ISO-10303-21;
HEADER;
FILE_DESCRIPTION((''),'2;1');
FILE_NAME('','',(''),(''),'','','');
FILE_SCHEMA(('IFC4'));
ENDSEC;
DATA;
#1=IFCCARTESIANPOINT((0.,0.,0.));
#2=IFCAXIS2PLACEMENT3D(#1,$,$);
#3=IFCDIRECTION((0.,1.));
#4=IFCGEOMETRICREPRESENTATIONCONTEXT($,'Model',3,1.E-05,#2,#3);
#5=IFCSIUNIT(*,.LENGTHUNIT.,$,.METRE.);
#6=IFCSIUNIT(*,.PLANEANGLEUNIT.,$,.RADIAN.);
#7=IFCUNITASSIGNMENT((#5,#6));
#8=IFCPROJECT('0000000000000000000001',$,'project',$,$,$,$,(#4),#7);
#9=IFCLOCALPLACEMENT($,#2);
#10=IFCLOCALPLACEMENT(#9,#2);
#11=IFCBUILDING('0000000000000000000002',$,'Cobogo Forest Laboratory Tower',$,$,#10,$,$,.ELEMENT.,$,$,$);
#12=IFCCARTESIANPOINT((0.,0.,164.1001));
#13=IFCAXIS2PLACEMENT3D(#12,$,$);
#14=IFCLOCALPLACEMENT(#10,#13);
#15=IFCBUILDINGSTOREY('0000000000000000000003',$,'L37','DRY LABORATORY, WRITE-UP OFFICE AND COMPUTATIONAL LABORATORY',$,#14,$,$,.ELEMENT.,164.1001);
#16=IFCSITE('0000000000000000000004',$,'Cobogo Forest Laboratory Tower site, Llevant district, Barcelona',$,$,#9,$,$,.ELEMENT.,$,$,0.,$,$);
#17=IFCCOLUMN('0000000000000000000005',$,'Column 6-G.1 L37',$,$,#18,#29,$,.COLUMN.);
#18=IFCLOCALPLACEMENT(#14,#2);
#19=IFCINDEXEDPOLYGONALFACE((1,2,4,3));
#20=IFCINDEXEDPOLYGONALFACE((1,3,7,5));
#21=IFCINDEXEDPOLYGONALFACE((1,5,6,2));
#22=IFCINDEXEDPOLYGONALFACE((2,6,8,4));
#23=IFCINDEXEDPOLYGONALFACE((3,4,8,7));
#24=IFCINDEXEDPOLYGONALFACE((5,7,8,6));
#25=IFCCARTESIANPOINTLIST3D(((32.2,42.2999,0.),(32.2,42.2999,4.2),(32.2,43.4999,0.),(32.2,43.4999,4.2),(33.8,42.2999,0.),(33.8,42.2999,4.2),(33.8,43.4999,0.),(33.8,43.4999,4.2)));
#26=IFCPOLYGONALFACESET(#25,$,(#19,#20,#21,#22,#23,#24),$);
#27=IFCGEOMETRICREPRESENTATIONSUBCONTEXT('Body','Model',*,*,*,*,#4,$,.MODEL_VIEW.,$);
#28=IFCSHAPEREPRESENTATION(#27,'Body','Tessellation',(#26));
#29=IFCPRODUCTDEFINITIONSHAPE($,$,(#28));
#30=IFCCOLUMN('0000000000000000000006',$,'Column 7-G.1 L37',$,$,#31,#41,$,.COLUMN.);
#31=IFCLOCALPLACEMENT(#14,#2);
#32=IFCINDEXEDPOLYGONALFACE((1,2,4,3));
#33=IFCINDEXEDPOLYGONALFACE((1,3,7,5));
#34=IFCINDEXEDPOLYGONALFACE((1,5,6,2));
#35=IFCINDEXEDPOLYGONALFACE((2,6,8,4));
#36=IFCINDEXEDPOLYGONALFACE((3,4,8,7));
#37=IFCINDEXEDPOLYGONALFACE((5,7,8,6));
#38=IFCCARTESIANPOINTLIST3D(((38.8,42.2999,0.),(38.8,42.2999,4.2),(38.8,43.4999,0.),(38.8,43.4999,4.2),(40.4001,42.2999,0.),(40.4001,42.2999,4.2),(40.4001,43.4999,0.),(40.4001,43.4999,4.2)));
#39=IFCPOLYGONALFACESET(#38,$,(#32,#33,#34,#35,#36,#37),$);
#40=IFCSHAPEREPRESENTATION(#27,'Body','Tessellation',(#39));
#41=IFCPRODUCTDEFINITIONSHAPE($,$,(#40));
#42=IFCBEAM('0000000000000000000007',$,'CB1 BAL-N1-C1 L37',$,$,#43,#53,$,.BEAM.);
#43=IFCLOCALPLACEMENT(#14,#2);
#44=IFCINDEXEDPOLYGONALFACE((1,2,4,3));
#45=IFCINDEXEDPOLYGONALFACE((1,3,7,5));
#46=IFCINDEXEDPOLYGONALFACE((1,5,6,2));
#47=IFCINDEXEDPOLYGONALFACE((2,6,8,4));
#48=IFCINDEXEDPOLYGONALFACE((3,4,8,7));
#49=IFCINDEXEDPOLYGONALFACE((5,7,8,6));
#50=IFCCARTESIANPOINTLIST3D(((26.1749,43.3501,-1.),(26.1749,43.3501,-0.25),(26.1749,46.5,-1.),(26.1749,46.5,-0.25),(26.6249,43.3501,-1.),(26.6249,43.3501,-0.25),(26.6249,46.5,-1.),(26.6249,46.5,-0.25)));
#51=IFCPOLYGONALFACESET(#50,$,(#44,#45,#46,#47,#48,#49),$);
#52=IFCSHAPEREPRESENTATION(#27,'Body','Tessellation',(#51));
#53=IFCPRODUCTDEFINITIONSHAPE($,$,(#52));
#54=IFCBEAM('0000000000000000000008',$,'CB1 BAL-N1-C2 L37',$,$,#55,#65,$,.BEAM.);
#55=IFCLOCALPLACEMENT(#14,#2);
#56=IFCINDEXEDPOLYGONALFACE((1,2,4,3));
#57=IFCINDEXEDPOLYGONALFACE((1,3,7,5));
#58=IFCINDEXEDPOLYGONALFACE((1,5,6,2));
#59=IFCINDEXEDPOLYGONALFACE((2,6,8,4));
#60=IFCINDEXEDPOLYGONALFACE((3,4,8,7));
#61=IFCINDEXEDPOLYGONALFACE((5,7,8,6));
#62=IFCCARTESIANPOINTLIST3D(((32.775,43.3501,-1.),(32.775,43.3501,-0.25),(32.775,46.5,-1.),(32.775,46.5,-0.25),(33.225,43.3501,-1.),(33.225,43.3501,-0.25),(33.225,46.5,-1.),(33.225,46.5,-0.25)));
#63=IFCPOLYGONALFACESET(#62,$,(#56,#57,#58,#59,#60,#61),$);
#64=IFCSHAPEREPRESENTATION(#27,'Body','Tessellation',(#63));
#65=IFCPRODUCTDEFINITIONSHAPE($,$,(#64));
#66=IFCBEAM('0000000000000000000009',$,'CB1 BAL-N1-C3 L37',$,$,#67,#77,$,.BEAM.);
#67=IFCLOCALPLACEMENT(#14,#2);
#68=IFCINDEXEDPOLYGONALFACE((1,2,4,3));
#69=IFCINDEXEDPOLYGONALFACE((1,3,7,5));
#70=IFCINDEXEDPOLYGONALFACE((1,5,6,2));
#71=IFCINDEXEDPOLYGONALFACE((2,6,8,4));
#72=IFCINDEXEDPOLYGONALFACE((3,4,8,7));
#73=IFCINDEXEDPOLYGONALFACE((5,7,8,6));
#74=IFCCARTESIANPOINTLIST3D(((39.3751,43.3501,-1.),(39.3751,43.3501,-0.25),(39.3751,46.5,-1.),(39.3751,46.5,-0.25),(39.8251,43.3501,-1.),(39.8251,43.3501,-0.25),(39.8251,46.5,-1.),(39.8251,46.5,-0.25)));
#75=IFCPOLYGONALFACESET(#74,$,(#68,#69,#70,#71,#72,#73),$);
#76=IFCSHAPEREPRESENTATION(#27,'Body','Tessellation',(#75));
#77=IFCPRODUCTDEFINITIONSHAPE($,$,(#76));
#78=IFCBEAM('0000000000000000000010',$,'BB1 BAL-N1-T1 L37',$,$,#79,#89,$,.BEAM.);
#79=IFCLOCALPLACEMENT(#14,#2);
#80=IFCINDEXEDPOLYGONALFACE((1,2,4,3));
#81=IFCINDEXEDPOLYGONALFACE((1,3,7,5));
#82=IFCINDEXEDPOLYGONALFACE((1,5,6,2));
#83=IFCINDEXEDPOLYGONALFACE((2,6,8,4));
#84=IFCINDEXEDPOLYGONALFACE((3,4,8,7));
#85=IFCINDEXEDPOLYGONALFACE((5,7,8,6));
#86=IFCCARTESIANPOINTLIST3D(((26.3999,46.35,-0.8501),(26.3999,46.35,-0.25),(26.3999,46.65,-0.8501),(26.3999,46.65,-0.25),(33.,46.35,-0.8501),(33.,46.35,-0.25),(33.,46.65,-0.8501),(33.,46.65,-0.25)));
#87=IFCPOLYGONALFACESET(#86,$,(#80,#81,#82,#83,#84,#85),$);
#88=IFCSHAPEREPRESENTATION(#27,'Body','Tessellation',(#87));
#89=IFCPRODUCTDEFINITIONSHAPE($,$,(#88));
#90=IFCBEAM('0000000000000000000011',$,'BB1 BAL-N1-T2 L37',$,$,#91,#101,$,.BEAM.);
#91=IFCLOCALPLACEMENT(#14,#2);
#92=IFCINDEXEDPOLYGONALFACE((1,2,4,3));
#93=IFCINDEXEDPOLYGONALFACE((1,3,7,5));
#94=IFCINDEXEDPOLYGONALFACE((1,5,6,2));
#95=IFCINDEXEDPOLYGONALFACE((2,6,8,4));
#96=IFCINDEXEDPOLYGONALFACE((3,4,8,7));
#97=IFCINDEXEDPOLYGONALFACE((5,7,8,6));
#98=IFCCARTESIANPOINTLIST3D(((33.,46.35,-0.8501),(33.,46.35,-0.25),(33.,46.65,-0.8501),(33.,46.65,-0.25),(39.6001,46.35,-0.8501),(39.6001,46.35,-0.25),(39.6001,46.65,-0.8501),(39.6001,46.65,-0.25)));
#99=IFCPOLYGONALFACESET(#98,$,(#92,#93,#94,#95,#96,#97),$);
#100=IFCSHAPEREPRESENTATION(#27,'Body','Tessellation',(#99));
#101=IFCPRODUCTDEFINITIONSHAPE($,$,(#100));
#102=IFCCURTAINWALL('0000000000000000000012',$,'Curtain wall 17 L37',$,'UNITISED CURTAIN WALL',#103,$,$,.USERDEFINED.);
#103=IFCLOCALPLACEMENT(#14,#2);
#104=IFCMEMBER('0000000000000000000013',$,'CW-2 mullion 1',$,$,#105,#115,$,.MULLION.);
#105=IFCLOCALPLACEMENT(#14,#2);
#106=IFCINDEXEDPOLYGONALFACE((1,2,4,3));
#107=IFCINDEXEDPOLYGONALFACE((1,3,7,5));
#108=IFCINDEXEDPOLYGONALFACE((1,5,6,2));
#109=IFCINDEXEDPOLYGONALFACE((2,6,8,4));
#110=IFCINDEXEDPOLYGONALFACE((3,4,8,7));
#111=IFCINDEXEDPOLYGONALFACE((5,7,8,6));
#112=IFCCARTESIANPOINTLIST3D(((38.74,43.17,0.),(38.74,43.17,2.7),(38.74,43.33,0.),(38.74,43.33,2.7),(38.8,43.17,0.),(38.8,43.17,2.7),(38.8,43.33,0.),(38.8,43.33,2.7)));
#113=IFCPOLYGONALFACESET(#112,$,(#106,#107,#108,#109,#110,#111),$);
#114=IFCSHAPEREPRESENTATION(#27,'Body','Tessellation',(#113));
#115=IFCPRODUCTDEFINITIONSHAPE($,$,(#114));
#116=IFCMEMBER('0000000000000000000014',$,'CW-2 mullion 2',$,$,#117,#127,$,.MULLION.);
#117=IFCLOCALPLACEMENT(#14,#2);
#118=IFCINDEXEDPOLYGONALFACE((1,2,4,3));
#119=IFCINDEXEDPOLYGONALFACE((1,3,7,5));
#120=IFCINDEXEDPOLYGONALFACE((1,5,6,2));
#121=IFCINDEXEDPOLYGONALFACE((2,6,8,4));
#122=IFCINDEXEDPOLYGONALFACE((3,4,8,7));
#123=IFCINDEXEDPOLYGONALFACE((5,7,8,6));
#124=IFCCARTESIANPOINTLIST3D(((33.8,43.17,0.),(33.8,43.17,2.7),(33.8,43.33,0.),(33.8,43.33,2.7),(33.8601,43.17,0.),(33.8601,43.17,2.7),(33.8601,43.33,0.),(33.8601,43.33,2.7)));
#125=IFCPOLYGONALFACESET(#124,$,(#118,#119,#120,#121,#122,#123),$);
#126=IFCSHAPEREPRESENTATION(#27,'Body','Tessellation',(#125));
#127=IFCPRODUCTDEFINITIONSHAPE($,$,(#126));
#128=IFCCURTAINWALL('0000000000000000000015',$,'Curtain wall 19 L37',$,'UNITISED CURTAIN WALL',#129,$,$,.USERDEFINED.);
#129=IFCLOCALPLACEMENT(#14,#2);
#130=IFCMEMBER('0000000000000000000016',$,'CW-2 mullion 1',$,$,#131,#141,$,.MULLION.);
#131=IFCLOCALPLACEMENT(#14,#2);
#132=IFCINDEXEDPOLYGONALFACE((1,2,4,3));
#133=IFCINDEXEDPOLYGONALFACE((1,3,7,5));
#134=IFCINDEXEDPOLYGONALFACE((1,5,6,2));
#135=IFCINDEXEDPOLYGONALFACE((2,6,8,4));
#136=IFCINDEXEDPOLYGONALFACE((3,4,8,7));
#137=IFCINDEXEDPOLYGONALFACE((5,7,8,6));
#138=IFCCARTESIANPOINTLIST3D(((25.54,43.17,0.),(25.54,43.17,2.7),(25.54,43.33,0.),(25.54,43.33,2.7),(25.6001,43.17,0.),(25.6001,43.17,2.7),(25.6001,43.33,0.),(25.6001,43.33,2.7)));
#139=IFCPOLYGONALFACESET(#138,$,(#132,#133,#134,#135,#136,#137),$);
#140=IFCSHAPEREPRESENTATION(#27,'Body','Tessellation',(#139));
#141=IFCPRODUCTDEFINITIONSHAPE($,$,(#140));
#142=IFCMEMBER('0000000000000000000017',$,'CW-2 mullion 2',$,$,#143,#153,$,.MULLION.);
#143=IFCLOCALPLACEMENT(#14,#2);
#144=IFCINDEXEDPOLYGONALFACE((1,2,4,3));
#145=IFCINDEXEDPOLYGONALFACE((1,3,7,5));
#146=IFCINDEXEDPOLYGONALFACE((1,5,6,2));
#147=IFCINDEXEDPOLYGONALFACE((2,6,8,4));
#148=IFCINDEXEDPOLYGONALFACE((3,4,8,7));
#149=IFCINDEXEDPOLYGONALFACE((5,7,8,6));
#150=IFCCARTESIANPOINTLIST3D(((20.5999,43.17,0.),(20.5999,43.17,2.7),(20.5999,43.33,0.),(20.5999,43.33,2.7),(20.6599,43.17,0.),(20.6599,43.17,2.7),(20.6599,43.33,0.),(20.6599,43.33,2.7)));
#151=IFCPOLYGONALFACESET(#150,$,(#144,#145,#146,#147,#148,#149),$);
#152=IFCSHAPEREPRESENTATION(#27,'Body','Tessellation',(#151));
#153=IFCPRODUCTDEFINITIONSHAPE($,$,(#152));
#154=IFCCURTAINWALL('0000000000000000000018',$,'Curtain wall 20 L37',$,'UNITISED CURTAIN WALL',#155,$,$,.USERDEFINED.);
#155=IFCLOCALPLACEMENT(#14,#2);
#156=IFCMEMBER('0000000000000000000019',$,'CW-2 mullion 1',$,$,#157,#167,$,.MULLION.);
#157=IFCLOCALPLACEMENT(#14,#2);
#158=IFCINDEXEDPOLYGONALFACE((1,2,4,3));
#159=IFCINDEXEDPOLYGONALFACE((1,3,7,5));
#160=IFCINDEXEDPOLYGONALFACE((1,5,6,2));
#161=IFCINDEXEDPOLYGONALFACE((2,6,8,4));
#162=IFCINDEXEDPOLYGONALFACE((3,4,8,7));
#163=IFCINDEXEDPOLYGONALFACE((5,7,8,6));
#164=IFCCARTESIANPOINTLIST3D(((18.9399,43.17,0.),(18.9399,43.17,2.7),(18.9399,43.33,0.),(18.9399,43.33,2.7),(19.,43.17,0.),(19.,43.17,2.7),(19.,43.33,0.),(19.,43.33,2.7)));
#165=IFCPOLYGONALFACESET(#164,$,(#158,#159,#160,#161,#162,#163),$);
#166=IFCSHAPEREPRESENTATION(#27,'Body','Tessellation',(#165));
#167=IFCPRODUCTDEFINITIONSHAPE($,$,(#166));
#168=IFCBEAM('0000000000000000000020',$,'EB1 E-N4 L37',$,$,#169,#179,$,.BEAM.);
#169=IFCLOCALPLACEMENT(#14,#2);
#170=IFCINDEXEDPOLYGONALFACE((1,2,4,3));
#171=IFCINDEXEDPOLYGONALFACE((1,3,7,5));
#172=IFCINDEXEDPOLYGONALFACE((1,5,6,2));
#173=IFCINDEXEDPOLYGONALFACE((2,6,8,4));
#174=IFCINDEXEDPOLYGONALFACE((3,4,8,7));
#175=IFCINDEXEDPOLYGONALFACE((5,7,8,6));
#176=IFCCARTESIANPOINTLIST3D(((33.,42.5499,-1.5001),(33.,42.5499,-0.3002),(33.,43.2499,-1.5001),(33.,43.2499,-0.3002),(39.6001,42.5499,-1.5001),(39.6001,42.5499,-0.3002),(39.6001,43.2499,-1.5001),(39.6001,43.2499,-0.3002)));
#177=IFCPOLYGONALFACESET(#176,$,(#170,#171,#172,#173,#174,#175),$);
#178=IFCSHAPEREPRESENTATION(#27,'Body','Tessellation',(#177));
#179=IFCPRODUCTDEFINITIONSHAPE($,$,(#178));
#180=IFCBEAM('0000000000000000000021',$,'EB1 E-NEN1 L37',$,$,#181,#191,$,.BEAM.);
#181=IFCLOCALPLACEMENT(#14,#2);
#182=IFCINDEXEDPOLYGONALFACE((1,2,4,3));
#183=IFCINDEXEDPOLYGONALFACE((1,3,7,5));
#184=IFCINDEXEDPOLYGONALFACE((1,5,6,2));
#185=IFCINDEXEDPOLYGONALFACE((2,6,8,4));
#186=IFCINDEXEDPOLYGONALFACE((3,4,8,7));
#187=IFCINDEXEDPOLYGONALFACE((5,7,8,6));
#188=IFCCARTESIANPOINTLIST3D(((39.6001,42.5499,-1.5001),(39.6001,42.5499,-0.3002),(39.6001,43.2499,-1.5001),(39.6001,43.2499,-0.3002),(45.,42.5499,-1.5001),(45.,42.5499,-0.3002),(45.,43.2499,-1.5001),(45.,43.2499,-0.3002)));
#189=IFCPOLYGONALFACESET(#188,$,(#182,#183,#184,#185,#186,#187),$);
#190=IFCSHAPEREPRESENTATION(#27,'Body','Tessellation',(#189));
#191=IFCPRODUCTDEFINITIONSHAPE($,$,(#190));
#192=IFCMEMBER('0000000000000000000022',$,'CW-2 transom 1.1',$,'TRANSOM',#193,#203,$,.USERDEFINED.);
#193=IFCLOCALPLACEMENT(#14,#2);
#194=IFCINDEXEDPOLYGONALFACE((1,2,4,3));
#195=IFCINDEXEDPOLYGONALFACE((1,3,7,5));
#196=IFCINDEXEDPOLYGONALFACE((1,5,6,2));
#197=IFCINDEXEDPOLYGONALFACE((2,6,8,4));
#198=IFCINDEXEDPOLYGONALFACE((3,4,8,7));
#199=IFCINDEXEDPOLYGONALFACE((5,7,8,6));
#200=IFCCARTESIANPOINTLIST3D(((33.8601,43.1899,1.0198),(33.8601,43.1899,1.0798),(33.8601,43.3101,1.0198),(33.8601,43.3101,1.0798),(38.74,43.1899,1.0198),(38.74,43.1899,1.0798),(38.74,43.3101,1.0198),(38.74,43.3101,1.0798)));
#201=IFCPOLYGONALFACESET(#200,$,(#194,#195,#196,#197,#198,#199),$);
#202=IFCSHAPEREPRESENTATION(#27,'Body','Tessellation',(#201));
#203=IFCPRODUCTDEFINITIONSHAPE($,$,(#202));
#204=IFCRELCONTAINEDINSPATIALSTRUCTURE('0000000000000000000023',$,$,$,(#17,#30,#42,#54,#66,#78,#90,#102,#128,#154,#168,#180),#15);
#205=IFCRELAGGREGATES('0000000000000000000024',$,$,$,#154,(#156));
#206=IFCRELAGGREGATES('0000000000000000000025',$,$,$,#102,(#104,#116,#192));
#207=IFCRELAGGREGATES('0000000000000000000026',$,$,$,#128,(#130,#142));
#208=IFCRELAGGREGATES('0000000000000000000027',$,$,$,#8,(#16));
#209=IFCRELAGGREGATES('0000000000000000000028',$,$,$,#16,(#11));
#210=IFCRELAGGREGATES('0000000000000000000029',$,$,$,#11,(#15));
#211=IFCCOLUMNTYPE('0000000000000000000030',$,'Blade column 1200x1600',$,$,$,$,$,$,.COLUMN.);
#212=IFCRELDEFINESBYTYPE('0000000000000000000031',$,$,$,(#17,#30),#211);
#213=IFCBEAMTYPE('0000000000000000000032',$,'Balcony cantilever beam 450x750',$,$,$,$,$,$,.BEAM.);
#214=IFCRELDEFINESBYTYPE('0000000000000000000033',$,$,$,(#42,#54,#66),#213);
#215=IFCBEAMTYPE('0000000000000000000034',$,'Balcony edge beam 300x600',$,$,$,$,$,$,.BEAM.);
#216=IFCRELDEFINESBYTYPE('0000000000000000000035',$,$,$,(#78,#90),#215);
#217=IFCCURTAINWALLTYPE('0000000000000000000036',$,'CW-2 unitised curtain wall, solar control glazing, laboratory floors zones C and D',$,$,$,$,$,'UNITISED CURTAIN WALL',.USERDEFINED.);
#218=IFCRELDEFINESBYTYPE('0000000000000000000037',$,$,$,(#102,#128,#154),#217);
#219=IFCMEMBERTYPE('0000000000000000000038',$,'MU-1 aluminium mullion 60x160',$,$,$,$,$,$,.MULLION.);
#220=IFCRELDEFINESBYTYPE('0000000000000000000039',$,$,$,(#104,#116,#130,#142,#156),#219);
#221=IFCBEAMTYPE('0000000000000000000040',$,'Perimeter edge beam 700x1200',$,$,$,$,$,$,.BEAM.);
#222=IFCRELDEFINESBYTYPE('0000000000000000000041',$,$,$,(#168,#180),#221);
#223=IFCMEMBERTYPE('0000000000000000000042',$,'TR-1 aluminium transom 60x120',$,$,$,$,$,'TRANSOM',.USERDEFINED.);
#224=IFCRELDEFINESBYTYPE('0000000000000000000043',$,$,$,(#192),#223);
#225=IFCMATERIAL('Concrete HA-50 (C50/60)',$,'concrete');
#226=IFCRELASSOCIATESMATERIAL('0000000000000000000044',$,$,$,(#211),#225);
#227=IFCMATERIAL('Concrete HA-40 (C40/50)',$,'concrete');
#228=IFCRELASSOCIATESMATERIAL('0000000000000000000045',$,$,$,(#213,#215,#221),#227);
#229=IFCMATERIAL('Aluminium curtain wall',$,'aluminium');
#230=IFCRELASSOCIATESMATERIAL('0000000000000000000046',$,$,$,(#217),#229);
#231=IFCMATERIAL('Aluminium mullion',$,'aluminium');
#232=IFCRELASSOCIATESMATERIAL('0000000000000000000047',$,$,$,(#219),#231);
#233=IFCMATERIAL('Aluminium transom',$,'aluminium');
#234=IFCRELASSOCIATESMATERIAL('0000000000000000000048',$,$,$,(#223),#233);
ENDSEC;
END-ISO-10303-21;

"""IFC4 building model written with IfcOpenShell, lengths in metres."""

from ifc_helpers import new_model, si_unit, direction, frame, origin, origin_2d, place, context, subcontext, project, spatial, rectangle, extrude, material, material_profile, profile_set, type_object, element, aggregate, save


model = new_model("IFC4")

# Units and contexts
model_context = context("Model", 3, precision=1e-05, world=origin(), true_north=direction((0.0, 1.0)))
body_context = subcontext(model_context, "Body", "Model", "MODEL_VIEW")
ifc_project = project(units=[si_unit("LENGTHUNIT", "METRE"), si_unit("PLANEANGLEUNIT", "RADIAN")], contexts=[model_context])

# Site, building, storey
site_placement = place(None, origin())
site = spatial("IfcSite", under=ifc_project, at=site_placement, Name="Cobogo Forest Laboratory Tower site, Llevant district, Barcelona", CompositionType="ELEMENT", RefElevation=0.0)
building_placement = place(site_placement, origin())
building = spatial("IfcBuilding", under=site, at=building_placement, Name="Cobogo Forest Laboratory Tower", CompositionType="ELEMENT")
storey_placement = place(building_placement, frame((0.0, 0.0, 164.1001)))
storey = spatial("IfcBuildingStorey", under=building, at=storey_placement, Name="L37", Description="DRY LABORATORY, WRITE-UP OFFICE AND COMPUTATIONAL LABORATORY", CompositionType="ELEMENT", Elevation=164.1001)

# Columns
ifc_material_1 = material(Name="Concrete HA-50 (C50/60)", Category="concrete")
ifc_material_profile_1 = material_profile(ifc_material_1, rectangle(XDim=1.6001, YDim=1.2, at=origin_2d()), Name="RC 1200x1600")
ifc_profile_set_1 = profile_set([ifc_material_profile_1], Name="Concrete HA-50 (C50/60)")
column_type = type_object("IfcColumnType", Name="Blade column 1200x1600", PredefinedType="COLUMN", material=ifc_profile_set_1)
for number, where, z_axis, x_axis, name in (
    (1, (33.0, 42.8999, 0.0), (0.0, 0.0, 1.0), (1.0, 0.0, 0.0), "Column 6-G.1 L37"),
    (2, (39.6001, 42.8999, 0.0), (0.0, 0.0, 1.0), (1.0, 0.0, 0.0), "Column 7-G.1 L37"),
):
    element("IfcColumn", number, at=place(storey_placement, frame(where, z_axis=z_axis, x_axis=x_axis)), inside=storey, type_object=column_type, Name=name, PredefinedType="COLUMN", context=body_context, shape_type="SweptSolid", body=[
        extrude(rectangle(XDim=1.6001, YDim=1.2, at=origin_2d()), origin(), (0.0, 0.0, 1.0), 4.2),
    ])

# Beams
ifc_material_2 = material(Name="Concrete HA-40 (C40/50)", Category="concrete")
ifc_material_profile_2 = material_profile(ifc_material_2, rectangle(XDim=0.45, YDim=0.75, at=origin_2d()), Name="RC 450x750")
ifc_profile_set_2 = profile_set([ifc_material_profile_2], Name="Concrete HA-40 (C40/50)")
beam_type_1 = type_object("IfcBeamType", Name="Balcony cantilever beam 450x750", PredefinedType="BEAM", material=ifc_profile_set_2)
for number, where, z_axis, x_axis, name in (
    (3, (26.3999, 43.3501, -0.625), (0.0, 1.0, 0.0), (-1.0, 0.0, 0.0), "CB1 BAL-N1-C1 L37"),
    (4, (33.0, 43.3501, -0.625), (0.0, 1.0, 0.0), (-1.0, 0.0, 0.0), "CB1 BAL-N1-C2 L37"),
    (5, (39.6001, 43.3501, -0.625), (0.0, 1.0, 0.0), (-1.0, 0.0, 0.0), "CB1 BAL-N1-C3 L37"),
):
    element("IfcBeam", number, at=place(storey_placement, frame(where, z_axis=z_axis, x_axis=x_axis)), inside=storey, type_object=beam_type_1, Name=name, PredefinedType="BEAM", context=body_context, shape_type="SweptSolid", body=[
        extrude(rectangle(XDim=0.45, YDim=0.75, at=origin_2d()), origin(), (0.0, 0.0, 1.0), 3.1499),
    ])
ifc_material_profile_3 = material_profile(ifc_material_2, rectangle(XDim=0.3, YDim=0.6001, at=origin_2d()), Name="RC 300x600")
ifc_profile_set_3 = profile_set([ifc_material_profile_3], Name="Concrete HA-40 (C40/50)")
beam_type_2 = type_object("IfcBeamType", Name="Balcony edge beam 300x600", PredefinedType="BEAM", material=ifc_profile_set_3)
for number, where, z_axis, x_axis, name in (
    (6, (26.3999, 46.5, -0.55), (1.0, 0.0, 0.0), (0.0, 1.0, 0.0), "BB1 BAL-N1-T1 L37"),
    (7, (33.0, 46.5, -0.55), (1.0, 0.0, 0.0), (0.0, 1.0, 0.0), "BB1 BAL-N1-T2 L37"),
):
    element("IfcBeam", number, at=place(storey_placement, frame(where, z_axis=z_axis, x_axis=x_axis)), inside=storey, type_object=beam_type_2, Name=name, PredefinedType="BEAM", context=body_context, shape_type="SweptSolid", body=[
        extrude(rectangle(XDim=0.3, YDim=0.6001, at=origin_2d()), origin(), (0.0, 0.0, 1.0), 6.6001),
    ])

# Curtain walls, members
ifc_material_3 = material(Name="Aluminium curtain wall", Category="aluminium")
curtain_wall_type = type_object("IfcCurtainWallType", Name="CW-2 unitised curtain wall, solar control glazing, laboratory floors zones C and D", ElementType="UNITISED CURTAIN WALL", PredefinedType="USERDEFINED", material=ifc_material_3)
curtain_wall_1_placement = place(storey_placement, origin())
curtain_wall_1 = element("IfcCurtainWall", 8, at=curtain_wall_1_placement, inside=storey, type_object=curtain_wall_type, Name="Curtain wall 17 L37", ObjectType="UNITISED CURTAIN WALL", PredefinedType="USERDEFINED")
ifc_material_4 = material(Name="Aluminium mullion", Category="aluminium")
ifc_material_profile_4 = material_profile(ifc_material_4, rectangle(XDim=0.0601, YDim=0.1599, at=origin_2d()), Name="AL 60x160")
ifc_profile_set_4 = profile_set([ifc_material_profile_4], Name="Aluminium mullion")
member_type_1 = type_object("IfcMemberType", Name="MU-1 aluminium mullion 60x160", PredefinedType="MULLION", material=ifc_profile_set_4)
member_1_placement = place(storey_placement, frame((38.77, 43.25, 0.0), z_axis=(0.0, 0.0, 1.0), x_axis=(-1.0, 0.0, 0.0)))
member_1 = element("IfcMember", 9, at=member_1_placement, type_object=member_type_1, Name="CW-2 mullion 1", PredefinedType="MULLION", context=body_context, shape_type="SweptSolid", body=[
    extrude(rectangle(XDim=0.0601, YDim=0.1599, at=origin_2d()), origin(), (0.0, 0.0, 1.0), 2.7),
])
member_2_placement = place(storey_placement, frame((33.8301, 43.25, 0.0), z_axis=(0.0, 0.0, 1.0), x_axis=(-1.0, 0.0, 0.0)))
member_2 = element("IfcMember", 10, at=member_2_placement, type_object=member_type_1, Name="CW-2 mullion 2", PredefinedType="MULLION", context=body_context, shape_type="SweptSolid", body=[
    extrude(rectangle(XDim=0.0601, YDim=0.1599, at=origin_2d()), origin(), (0.0, 0.0, 1.0), 2.7),
])
curtain_wall_2_placement = place(storey_placement, origin())
curtain_wall_2 = element("IfcCurtainWall", 11, at=curtain_wall_2_placement, inside=storey, type_object=curtain_wall_type, Name="Curtain wall 19 L37", ObjectType="UNITISED CURTAIN WALL", PredefinedType="USERDEFINED")
member_3_placement = place(storey_placement, frame((25.5701, 43.25, 0.0), z_axis=(0.0, 0.0, 1.0), x_axis=(-1.0, 0.0, 0.0)))
member_3 = element("IfcMember", 12, at=member_3_placement, type_object=member_type_1, Name="CW-2 mullion 1", PredefinedType="MULLION", context=body_context, shape_type="SweptSolid", body=[
    extrude(rectangle(XDim=0.0601, YDim=0.1599, at=origin_2d()), origin(), (0.0, 0.0, 1.0), 2.7),
])
member_4_placement = place(storey_placement, frame((20.6299, 43.25, 0.0), z_axis=(0.0, 0.0, 1.0), x_axis=(-1.0, 0.0, 0.0)))
member_4 = element("IfcMember", 13, at=member_4_placement, type_object=member_type_1, Name="CW-2 mullion 2", PredefinedType="MULLION", context=body_context, shape_type="SweptSolid", body=[
    extrude(rectangle(XDim=0.0601, YDim=0.1599, at=origin_2d()), origin(), (0.0, 0.0, 1.0), 2.7),
])

# Curtain wall, member
curtain_wall_3_placement = place(storey_placement, origin())
curtain_wall_3 = element("IfcCurtainWall", 14, at=curtain_wall_3_placement, inside=storey, type_object=curtain_wall_type, Name="Curtain wall 20 L37", ObjectType="UNITISED CURTAIN WALL", PredefinedType="USERDEFINED")
member_5_placement = place(storey_placement, frame((18.97, 43.25, 0.0), z_axis=(0.0, 0.0, 1.0), x_axis=(-1.0, 0.0, 0.0)))
member_5 = element("IfcMember", 15, at=member_5_placement, type_object=member_type_1, Name="CW-2 mullion 1", PredefinedType="MULLION", context=body_context, shape_type="SweptSolid", body=[
    extrude(rectangle(XDim=0.0601, YDim=0.1599, at=origin_2d()), origin(), (0.0, 0.0, 1.0), 2.7),
])

# Beams
ifc_material_profile_5 = material_profile(ifc_material_2, rectangle(XDim=0.7, YDim=1.2, at=origin_2d()), Name="RC 700x1200")
ifc_profile_set_5 = profile_set([ifc_material_profile_5], Name="Concrete HA-40 (C40/50)")
beam_type_3 = type_object("IfcBeamType", Name="Perimeter edge beam 700x1200", PredefinedType="BEAM", material=ifc_profile_set_5)
beam_1_placement = place(storey_placement, frame((33.0, 42.8999, -0.9001), z_axis=(1.0, 0.0, 0.0), x_axis=(0.0, 1.0, 0.0)))
element("IfcBeam", 16, at=beam_1_placement, inside=storey, type_object=beam_type_3, Name="EB1 E-N4 L37", PredefinedType="BEAM", context=body_context, shape_type="SweptSolid", body=[
    extrude(rectangle(XDim=0.7, YDim=1.2, at=origin_2d()), origin(), (0.0, 0.0, 1.0), 6.6001),
])
beam_2_placement = place(storey_placement, frame((39.6001, 42.8999, -0.9001), z_axis=(1.0, 0.0, 0.0), x_axis=(0.0, 1.0, 0.0)))
element("IfcBeam", 17, at=beam_2_placement, inside=storey, type_object=beam_type_3, Name="EB1 E-NEN1 L37", PredefinedType="BEAM", context=body_context, shape_type="SweptSolid", body=[
    extrude(rectangle(XDim=0.7, YDim=1.2, at=origin_2d()), origin(), (0.0, 0.0, 1.0), 5.3999),
])

# Member
ifc_material_5 = material(Name="Aluminium transom", Category="aluminium")
ifc_material_profile_6 = material_profile(ifc_material_5, rectangle(XDim=0.1201, YDim=0.0601, at=origin_2d()), Name="AL 60x120")
ifc_profile_set_6 = profile_set([ifc_material_profile_6], Name="Aluminium transom")
member_type_2 = type_object("IfcMemberType", Name="TR-1 aluminium transom 60x120", ElementType="TRANSOM", PredefinedType="USERDEFINED", material=ifc_profile_set_6)
member_6_placement = place(storey_placement, frame((38.74, 43.25, 1.0498), z_axis=(-1.0, 0.0, 0.0), x_axis=(0.0, -1.0, 0.0)))
member_6 = element("IfcMember", 18, at=member_6_placement, type_object=member_type_2, Name="CW-2 transom 1.1", ObjectType="TRANSOM", PredefinedType="USERDEFINED", context=body_context, shape_type="SweptSolid", body=[
    extrude(rectangle(XDim=0.1201, YDim=0.0601, at=origin_2d()), origin(), (0.0, 0.0, 1.0), 4.8799),
])
aggregate(curtain_wall_3, [member_5])

aggregate(curtain_wall_1, [member_1, member_2, member_6])
aggregate(curtain_wall_2, [member_3, member_4])

save(model, "model.ifc")
